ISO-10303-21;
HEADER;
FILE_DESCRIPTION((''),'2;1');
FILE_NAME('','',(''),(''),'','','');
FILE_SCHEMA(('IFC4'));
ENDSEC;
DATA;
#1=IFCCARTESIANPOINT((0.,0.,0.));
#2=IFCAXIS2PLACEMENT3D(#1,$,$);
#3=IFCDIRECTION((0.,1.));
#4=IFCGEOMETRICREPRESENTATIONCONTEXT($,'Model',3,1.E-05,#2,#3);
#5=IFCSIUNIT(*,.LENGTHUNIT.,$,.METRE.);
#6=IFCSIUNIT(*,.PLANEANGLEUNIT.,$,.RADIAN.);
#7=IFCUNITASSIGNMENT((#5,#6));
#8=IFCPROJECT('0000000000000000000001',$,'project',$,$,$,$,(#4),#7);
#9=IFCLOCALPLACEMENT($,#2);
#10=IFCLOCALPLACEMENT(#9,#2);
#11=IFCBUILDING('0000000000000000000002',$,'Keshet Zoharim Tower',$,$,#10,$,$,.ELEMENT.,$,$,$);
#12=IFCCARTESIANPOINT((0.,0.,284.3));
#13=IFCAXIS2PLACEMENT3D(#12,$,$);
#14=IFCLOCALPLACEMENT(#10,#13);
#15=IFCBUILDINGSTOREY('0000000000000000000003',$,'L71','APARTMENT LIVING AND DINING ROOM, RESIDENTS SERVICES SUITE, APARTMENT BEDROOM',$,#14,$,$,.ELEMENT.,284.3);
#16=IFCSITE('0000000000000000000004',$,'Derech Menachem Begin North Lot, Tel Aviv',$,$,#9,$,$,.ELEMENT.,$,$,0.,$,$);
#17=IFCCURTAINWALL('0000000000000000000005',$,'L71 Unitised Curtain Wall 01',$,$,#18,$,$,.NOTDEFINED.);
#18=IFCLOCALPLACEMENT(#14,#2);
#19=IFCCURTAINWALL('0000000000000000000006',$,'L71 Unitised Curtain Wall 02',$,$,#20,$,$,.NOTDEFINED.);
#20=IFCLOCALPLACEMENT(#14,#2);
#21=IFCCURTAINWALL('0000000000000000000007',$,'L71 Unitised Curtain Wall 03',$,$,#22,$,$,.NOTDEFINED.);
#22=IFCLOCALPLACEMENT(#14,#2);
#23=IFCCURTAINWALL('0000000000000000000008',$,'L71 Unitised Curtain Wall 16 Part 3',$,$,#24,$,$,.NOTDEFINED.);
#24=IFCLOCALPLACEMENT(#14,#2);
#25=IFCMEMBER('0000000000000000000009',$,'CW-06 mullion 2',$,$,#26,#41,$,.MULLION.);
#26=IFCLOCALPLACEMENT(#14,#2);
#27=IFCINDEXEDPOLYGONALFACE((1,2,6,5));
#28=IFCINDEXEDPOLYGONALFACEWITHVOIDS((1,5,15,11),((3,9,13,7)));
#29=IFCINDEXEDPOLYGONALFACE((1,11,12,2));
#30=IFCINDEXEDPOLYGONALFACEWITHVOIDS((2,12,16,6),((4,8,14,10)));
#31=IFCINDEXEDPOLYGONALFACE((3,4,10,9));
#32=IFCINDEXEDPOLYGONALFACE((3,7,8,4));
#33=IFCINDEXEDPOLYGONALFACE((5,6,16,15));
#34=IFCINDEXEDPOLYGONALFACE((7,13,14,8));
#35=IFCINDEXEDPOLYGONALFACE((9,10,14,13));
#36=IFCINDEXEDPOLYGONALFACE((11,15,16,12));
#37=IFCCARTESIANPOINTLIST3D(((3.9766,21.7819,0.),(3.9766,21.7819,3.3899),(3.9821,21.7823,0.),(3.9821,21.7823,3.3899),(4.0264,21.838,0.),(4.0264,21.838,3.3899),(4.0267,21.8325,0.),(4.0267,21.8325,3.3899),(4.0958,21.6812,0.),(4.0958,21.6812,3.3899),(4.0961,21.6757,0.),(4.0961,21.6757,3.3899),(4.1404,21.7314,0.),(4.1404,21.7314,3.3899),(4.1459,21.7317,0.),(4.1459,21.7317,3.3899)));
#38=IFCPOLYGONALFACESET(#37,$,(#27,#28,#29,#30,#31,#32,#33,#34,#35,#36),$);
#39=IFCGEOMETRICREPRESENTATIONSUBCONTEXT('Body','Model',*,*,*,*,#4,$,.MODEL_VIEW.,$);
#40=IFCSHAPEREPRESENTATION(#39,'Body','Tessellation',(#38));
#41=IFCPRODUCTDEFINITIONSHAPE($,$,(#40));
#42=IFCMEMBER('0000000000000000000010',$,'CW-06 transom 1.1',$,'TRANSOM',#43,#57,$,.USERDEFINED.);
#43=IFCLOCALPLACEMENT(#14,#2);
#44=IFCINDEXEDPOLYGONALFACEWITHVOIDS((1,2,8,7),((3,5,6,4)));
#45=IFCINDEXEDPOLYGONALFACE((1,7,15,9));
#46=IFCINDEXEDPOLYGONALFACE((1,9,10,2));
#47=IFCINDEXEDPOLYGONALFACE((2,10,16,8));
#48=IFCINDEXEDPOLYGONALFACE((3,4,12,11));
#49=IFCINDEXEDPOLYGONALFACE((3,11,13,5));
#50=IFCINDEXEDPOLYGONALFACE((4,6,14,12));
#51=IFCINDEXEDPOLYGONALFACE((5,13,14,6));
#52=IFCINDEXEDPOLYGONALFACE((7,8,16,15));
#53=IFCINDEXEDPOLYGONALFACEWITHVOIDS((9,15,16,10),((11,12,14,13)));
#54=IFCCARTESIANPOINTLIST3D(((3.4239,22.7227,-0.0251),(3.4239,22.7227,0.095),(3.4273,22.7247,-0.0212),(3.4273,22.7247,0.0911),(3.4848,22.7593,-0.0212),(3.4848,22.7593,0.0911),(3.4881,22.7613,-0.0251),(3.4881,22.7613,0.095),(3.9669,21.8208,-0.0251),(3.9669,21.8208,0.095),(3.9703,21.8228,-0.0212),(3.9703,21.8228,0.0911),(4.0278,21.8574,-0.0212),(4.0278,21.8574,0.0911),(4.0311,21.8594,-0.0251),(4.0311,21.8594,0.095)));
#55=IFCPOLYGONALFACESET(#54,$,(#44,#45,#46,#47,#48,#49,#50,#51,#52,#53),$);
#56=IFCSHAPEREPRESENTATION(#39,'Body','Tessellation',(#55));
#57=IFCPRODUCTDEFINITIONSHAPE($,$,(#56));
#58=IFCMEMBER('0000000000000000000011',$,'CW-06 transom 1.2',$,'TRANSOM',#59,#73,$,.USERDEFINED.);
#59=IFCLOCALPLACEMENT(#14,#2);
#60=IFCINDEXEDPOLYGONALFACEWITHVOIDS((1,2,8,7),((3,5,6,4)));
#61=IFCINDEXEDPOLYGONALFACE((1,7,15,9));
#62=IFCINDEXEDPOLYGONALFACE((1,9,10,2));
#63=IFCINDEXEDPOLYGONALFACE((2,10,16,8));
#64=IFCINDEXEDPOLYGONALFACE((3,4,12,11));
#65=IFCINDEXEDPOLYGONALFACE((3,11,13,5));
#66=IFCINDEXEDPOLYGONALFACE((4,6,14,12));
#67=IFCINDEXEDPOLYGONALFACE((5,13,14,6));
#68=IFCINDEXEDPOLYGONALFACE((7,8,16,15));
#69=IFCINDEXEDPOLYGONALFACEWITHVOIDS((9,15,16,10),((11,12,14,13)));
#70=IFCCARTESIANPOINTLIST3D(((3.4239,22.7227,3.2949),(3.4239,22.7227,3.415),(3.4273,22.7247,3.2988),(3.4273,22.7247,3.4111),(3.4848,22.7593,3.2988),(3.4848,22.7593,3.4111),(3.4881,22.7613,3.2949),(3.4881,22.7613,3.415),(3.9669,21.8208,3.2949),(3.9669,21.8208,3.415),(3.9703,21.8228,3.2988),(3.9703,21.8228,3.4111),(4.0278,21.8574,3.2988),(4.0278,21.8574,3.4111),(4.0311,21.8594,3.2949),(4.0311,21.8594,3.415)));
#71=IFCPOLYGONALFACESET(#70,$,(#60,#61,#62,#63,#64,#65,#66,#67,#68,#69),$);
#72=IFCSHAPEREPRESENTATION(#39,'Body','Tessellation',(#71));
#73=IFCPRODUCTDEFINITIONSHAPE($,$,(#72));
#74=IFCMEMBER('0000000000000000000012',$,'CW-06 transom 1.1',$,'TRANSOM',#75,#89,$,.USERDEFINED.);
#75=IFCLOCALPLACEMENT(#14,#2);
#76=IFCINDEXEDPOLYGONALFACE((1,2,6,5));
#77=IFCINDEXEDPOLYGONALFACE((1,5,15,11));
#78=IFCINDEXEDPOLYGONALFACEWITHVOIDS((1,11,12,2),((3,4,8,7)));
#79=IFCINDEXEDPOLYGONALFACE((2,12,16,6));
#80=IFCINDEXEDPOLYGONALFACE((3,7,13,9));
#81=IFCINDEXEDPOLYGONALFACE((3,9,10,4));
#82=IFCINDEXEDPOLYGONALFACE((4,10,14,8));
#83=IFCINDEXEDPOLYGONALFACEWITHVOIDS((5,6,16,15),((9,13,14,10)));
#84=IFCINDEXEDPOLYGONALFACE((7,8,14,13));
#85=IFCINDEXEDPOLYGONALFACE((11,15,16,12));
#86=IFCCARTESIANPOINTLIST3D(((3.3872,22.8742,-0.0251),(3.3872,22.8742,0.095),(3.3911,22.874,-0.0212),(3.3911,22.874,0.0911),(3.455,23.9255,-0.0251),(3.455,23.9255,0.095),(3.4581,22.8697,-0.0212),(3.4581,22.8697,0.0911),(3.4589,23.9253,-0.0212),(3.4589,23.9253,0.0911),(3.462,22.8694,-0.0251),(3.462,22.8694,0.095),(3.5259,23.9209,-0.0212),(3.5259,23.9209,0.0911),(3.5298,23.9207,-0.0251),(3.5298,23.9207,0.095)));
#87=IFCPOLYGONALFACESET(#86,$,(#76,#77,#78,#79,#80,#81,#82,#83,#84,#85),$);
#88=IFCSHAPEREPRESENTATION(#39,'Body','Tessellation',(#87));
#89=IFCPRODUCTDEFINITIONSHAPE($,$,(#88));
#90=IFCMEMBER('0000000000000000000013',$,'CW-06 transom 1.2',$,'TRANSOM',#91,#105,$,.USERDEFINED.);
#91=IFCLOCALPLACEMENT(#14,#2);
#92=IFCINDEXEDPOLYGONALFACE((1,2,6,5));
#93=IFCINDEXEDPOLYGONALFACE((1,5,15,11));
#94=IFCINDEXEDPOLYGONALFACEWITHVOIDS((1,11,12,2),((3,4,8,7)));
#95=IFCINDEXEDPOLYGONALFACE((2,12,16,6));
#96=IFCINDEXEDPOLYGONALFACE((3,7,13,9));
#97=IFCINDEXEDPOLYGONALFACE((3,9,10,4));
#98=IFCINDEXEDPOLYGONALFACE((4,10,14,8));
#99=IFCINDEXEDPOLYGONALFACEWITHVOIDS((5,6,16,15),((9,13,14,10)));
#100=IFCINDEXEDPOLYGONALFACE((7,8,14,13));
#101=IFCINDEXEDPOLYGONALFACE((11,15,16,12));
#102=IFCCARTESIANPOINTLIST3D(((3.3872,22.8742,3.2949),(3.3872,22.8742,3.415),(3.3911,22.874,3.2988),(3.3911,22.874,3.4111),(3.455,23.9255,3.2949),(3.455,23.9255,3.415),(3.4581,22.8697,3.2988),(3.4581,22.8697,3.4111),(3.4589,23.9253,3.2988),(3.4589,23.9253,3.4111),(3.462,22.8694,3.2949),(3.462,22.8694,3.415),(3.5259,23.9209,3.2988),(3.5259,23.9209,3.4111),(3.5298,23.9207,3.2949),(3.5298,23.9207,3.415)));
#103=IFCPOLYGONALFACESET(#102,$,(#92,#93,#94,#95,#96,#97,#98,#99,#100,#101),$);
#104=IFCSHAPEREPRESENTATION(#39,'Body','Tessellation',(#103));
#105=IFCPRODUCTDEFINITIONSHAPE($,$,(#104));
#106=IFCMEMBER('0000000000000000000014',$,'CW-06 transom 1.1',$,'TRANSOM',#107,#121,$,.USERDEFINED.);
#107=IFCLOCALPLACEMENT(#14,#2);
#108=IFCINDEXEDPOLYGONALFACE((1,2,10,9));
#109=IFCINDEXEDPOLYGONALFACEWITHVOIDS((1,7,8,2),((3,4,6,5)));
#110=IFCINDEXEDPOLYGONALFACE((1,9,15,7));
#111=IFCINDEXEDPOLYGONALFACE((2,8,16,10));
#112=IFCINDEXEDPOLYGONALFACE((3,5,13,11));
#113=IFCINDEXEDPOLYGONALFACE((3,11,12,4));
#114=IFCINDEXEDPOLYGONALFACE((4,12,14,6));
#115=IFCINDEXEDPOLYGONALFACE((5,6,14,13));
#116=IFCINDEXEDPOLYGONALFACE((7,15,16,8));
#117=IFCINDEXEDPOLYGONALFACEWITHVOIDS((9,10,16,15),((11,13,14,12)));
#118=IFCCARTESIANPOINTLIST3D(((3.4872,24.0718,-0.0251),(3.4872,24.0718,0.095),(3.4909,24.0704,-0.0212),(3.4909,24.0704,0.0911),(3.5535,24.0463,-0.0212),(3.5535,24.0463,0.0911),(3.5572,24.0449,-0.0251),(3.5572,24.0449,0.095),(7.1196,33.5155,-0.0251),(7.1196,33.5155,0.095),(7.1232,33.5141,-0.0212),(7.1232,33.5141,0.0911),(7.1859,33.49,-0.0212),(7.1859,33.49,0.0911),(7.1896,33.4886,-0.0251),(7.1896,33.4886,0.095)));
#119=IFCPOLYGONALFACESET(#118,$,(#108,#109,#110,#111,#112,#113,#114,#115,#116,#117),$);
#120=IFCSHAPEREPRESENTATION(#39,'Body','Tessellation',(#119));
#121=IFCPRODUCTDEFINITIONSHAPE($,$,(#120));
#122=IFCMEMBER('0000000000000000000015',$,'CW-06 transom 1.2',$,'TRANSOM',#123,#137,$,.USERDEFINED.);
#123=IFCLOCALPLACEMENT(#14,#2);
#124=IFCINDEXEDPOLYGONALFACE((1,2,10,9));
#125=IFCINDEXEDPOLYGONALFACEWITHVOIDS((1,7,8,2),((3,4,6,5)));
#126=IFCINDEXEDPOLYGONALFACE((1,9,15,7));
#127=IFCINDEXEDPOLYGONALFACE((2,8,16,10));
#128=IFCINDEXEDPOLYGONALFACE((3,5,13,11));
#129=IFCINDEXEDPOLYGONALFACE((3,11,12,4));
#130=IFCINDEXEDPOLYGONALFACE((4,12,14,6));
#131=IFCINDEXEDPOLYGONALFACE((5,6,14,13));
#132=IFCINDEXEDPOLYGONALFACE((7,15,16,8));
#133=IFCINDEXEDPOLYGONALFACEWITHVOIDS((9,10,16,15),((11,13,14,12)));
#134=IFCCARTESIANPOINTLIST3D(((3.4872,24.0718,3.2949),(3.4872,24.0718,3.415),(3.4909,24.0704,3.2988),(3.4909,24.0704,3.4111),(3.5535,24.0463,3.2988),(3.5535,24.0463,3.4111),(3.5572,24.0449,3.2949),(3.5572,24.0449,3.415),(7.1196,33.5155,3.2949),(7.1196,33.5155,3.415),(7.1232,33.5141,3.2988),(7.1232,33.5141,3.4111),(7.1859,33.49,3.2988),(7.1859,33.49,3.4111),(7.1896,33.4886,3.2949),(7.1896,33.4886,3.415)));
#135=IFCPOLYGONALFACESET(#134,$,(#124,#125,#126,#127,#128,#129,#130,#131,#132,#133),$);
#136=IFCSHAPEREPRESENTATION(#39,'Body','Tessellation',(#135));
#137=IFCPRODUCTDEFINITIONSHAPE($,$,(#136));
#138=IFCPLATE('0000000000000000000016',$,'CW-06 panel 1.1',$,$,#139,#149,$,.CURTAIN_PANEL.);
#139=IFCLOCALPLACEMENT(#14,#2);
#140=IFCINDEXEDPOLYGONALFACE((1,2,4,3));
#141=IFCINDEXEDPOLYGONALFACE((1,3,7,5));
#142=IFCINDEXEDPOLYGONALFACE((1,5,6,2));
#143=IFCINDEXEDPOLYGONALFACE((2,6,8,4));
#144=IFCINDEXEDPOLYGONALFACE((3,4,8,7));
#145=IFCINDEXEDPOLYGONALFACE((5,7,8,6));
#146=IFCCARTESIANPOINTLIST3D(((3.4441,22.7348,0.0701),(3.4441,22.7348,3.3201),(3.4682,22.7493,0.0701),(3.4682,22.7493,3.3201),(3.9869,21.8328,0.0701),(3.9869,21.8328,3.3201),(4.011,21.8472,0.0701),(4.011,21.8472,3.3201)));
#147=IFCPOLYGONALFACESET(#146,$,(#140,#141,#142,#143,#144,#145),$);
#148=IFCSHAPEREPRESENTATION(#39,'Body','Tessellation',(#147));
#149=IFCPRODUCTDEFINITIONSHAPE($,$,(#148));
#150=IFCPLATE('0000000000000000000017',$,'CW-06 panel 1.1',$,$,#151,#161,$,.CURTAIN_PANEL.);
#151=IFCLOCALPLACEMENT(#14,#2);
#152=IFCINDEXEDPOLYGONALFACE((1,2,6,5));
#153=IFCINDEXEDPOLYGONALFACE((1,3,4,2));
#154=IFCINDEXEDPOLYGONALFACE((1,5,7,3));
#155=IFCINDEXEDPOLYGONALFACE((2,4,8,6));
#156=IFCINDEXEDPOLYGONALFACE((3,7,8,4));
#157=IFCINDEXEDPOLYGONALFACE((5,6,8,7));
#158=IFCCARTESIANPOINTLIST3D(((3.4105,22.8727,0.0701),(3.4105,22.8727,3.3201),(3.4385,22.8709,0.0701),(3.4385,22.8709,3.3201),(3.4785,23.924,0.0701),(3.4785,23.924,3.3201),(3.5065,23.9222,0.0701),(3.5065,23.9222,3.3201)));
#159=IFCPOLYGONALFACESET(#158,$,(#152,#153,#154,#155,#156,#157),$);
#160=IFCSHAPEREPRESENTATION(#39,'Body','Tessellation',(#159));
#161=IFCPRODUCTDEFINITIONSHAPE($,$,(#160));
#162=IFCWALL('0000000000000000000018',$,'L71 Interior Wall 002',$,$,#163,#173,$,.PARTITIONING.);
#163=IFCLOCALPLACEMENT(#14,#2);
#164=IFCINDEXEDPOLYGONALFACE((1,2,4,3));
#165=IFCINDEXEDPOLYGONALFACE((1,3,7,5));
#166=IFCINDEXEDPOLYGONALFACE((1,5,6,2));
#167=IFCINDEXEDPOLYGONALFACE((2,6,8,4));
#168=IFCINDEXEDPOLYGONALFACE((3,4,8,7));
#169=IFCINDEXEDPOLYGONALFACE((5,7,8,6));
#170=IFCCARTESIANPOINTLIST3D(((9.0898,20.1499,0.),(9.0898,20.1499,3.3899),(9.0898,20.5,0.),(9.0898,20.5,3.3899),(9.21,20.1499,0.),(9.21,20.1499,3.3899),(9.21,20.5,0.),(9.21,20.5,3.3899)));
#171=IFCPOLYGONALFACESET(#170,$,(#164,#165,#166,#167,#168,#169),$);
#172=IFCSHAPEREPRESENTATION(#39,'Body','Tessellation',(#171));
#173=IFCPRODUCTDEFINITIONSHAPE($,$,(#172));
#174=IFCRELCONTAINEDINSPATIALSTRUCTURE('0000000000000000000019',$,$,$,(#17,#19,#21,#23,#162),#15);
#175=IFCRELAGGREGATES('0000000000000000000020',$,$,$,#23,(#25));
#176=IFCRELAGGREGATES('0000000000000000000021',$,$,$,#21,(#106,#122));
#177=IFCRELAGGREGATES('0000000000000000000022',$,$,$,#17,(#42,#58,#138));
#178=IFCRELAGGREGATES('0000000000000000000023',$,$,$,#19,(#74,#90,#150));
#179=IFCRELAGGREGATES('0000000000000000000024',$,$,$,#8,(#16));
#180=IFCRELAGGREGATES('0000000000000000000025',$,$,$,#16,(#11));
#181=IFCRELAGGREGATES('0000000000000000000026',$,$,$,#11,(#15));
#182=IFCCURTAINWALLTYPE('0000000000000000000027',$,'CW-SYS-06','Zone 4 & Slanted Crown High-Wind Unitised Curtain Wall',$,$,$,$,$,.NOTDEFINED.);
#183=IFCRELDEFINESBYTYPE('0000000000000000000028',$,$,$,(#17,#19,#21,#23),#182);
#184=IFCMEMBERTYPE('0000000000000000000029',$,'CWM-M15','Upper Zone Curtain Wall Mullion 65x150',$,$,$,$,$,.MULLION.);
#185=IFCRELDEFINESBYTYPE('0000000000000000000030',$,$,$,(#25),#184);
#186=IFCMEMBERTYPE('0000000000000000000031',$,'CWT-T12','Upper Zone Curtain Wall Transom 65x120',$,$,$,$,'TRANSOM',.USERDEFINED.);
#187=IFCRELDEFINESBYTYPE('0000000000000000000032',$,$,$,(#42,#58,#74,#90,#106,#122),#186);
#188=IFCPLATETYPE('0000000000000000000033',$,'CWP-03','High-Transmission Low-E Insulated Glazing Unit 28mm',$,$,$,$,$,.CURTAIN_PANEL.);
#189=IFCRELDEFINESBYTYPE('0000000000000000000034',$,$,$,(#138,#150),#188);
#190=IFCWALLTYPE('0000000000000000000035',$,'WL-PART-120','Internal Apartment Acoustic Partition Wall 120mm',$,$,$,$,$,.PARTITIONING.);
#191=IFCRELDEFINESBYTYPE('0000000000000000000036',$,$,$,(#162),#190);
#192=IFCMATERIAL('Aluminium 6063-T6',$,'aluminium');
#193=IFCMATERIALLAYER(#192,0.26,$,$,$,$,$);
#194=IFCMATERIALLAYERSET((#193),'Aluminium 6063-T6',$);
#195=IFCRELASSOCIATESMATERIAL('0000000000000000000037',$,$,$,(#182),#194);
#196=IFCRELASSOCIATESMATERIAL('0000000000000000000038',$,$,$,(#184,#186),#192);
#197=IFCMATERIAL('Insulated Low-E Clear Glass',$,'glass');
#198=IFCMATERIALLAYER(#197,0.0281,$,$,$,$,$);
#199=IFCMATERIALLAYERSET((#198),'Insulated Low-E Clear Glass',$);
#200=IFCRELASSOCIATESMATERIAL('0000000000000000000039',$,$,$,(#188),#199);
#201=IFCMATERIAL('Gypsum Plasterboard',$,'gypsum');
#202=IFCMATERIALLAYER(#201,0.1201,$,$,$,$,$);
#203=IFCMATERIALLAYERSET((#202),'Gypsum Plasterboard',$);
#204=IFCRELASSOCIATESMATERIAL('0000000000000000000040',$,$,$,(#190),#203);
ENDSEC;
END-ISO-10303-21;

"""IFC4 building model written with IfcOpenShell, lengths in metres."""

from ifc_helpers import new_model, si_unit, direction, frame, frame_2d, origin, origin_2d, place, context, subcontext, project, spatial, rectangle, hollow_rectangle, extrude, material, layer, layer_set, material_profile, profile_set, type_object, element, aggregate, save


model = new_model("IFC4")

# Units and contexts
model_context = context("Model", 3, precision=1e-05, world=origin(), true_north=direction((0.0, 1.0)))
body_context = subcontext(model_context, "Body", "Model", "MODEL_VIEW")
ifc_project = project(units=[si_unit("LENGTHUNIT", "METRE"), si_unit("PLANEANGLEUNIT", "RADIAN")], contexts=[model_context])

# Site, building, storey
site_placement = place(None, origin())
site = spatial("IfcSite", under=ifc_project, at=site_placement, Name="Derech Menachem Begin North Lot, Tel Aviv", CompositionType="ELEMENT", RefElevation=0.0)
building_placement = place(site_placement, origin())
building = spatial("IfcBuilding", under=site, at=building_placement, Name="Keshet Zoharim Tower", CompositionType="ELEMENT")
storey_placement = place(building_placement, frame((0.0, 0.0, 284.3)))
storey = spatial("IfcBuildingStorey", under=building, at=storey_placement, Name="L71", Description="APARTMENT LIVING AND DINING ROOM, RESIDENTS SERVICES SUITE, APARTMENT BEDROOM", CompositionType="ELEMENT", Elevation=284.3)

# Curtain walls
ifc_material_1 = material(Name="Aluminium 6063-T6", Category="aluminium")
ifc_layer_1 = layer(ifc_material_1, 0.26)
ifc_layer_set_1 = layer_set([ifc_layer_1], Name="Aluminium 6063-T6")
curtain_wall_type = type_object("IfcCurtainWallType", Name="CW-SYS-06", Description="Zone 4 & Slanted Crown High-Wind Unitised Curtain Wall", PredefinedType="NOTDEFINED", material=ifc_layer_set_1)
curtain_wall_1_placement = place(storey_placement, origin())
curtain_wall_1 = element("IfcCurtainWall", 1, at=curtain_wall_1_placement, inside=storey, type_object=curtain_wall_type, Name="L71 Unitised Curtain Wall 01", PredefinedType="NOTDEFINED")
ifc_material_profile_1 = material_profile(ifc_material_1, hollow_rectangle(XDim=0.075, YDim=0.1599, WallThickness=0.0039, at=origin_2d()), Name="MUL-75x160")
ifc_profile_set_1 = profile_set([ifc_material_profile_1], Name="Aluminium 6063-T6")
member_type_1 = type_object("IfcMemberType", Name="CWM-M15", Description="Upper Zone Curtain Wall Mullion 65x150", PredefinedType="MULLION", material=ifc_profile_set_1)
curtain_wall_2_placement = place(storey_placement, origin())
curtain_wall_2 = element("IfcCurtainWall", 2, at=curtain_wall_2_placement, inside=storey, type_object=curtain_wall_type, Name="L71 Unitised Curtain Wall 02", PredefinedType="NOTDEFINED")

# Curtain walls, member
curtain_wall_3_placement = place(storey_placement, origin())
curtain_wall_3 = element("IfcCurtainWall", 3, at=curtain_wall_3_placement, inside=storey, type_object=curtain_wall_type, Name="L71 Unitised Curtain Wall 03", PredefinedType="NOTDEFINED")
curtain_wall_4_placement = place(storey_placement, origin())
curtain_wall_4 = element("IfcCurtainWall", 4, at=curtain_wall_4_placement, inside=storey, type_object=curtain_wall_type, Name="L71 Unitised Curtain Wall 16 Part 3", PredefinedType="NOTDEFINED")
member_1_placement = place(storey_placement, frame((4.0613, 21.7568, 0.0), z_axis=(0.0, 0.0, 1.0), x_axis=(-0.664364, -0.747409, 0.0)))
member_1 = element("IfcMember", 5, at=member_1_placement, type_object=member_type_1, Name="CW-06 mullion 2", PredefinedType="MULLION", context=body_context, shape_type="SweptSolid", body=[
    extrude(hollow_rectangle(XDim=0.075, YDim=0.1599, WallThickness=0.0039, at=origin_2d()), origin(), (0.0, 0.0, 1.0), 3.3899),
])
aggregate(curtain_wall_4, [member_1])

# Members
ifc_material_profile_2 = material_profile(ifc_material_1, hollow_rectangle(XDim=0.075, YDim=0.1201, WallThickness=0.0039, at=origin_2d()), Name="TRN-75x120")
ifc_profile_set_2 = profile_set([ifc_material_profile_2], Name="Aluminium 6063-T6")
member_type_2 = type_object("IfcMemberType", Name="CWT-T12", Description="Upper Zone Curtain Wall Transom 65x120", ElementType="TRANSOM", PredefinedType="USERDEFINED", material=ifc_profile_set_2)
member_2_placement = place(storey_placement, frame((3.999, 21.8401, 0.0349), z_axis=(-0.515791, 0.856714, 0.0), x_axis=(-0.856714, -0.515791, 0.0)))
member_2 = element("IfcMember", 6, at=member_2_placement, type_object=member_type_2, Name="CW-06 transom 1.1", ObjectType="TRANSOM", PredefinedType="USERDEFINED", context=body_context, shape_type="SweptSolid", body=[
    extrude(hollow_rectangle(XDim=0.075, YDim=0.1201, WallThickness=0.0039, at=origin_2d()), origin(), (0.0, 0.0, 1.0), 1.0527),
])
member_3_placement = place(storey_placement, frame((3.999, 21.8401, 3.355), z_axis=(-0.515791, 0.856714, 0.0), x_axis=(-0.856714, -0.515791, 0.0)))
member_3 = element("IfcMember", 7, at=member_3_placement, type_object=member_type_2, Name="CW-06 transom 1.2", ObjectType="TRANSOM", PredefinedType="USERDEFINED", context=body_context, shape_type="SweptSolid", body=[
    extrude(hollow_rectangle(XDim=0.075, YDim=0.1201, WallThickness=0.0039, at=origin_2d()), origin(), (0.0, 0.0, 1.0), 1.0527),
])
member_4_placement = place(storey_placement, frame((3.4246, 22.8718, 0.0349), z_axis=(0.064427, 0.997922, 0.0), x_axis=(-0.997922, 0.064427, 0.0)))
member_4 = element("IfcMember", 8, at=member_4_placement, type_object=member_type_2, Name="CW-06 transom 1.1", ObjectType="TRANSOM", PredefinedType="USERDEFINED", context=body_context, shape_type="SweptSolid", body=[
    extrude(hollow_rectangle(XDim=0.075, YDim=0.1201, WallThickness=0.0039, at=origin_2d()), origin(), (0.0, 0.0, 1.0), 1.0535),
])
member_5_placement = place(storey_placement, frame((3.4246, 22.8718, 3.355), z_axis=(0.064427, 0.997922, 0.0), x_axis=(-0.997922, 0.064427, 0.0)))
member_5 = element("IfcMember", 9, at=member_5_placement, type_object=member_type_2, Name="CW-06 transom 1.2", ObjectType="TRANSOM", PredefinedType="USERDEFINED", context=body_context, shape_type="SweptSolid", body=[
    extrude(hollow_rectangle(XDim=0.075, YDim=0.1201, WallThickness=0.0039, at=origin_2d()), origin(), (0.0, 0.0, 1.0), 1.0535),
])
member_6_placement = place(storey_placement, frame((3.5222, 24.0583, 0.0349), z_axis=(0.358994, 0.93334, 0.0), x_axis=(-0.93334, 0.358994, 0.0)))
member_6 = element("IfcMember", 10, at=member_6_placement, type_object=member_type_2, Name="CW-06 transom 1.1", ObjectType="TRANSOM", PredefinedType="USERDEFINED", context=body_context, shape_type="SweptSolid", body=[
    extrude(hollow_rectangle(XDim=0.075, YDim=0.1201, WallThickness=0.0039, at=origin_2d()), origin(), (0.0, 0.0, 1.0), 10.1182),
])
member_7_placement = place(storey_placement, frame((3.5222, 24.0583, 3.355), z_axis=(0.358994, 0.93334, 0.0), x_axis=(-0.93334, 0.358994, 0.0)))
member_7 = element("IfcMember", 11, at=member_7_placement, type_object=member_type_2, Name="CW-06 transom 1.2", ObjectType="TRANSOM", PredefinedType="USERDEFINED", context=body_context, shape_type="SweptSolid", body=[
    extrude(hollow_rectangle(XDim=0.075, YDim=0.1201, WallThickness=0.0039, at=origin_2d()), origin(), (0.0, 0.0, 1.0), 10.1182),
])
aggregate(curtain_wall_3, [member_6, member_7])

# Plates
ifc_material_2 = material(Name="Insulated Low-E Clear Glass", Category="glass")
ifc_layer_2 = layer(ifc_material_2, 0.0281)
ifc_layer_set_2 = layer_set([ifc_layer_2], Name="Insulated Low-E Clear Glass")
plate_type = type_object("IfcPlateType", Name="CWP-03", Description="High-Transmission Low-E Insulated Glazing Unit 28mm", PredefinedType="CURTAIN_PANEL", material=ifc_layer_set_2)
plate_1_placement = place(storey_placement, frame((3.7275, 22.291, 0.0701), z_axis=(0.0, 0.0, 1.0), x_axis=(-0.515605, 0.856826, 0.0)))
plate_1 = element("IfcPlate", 12, at=plate_1_placement, type_object=plate_type, Name="CW-06 panel 1.1", PredefinedType="CURTAIN_PANEL", context=body_context, shape_type="SweptSolid", body=[
    extrude(rectangle(XDim=1.0527, YDim=0.0281, at=origin_2d()), origin(), (0.0, 0.0, 1.0), 3.25),
])
aggregate(curtain_wall_1, [member_2, member_3, plate_1])
plate_2_placement = place(storey_placement, frame((3.4585, 23.3975, 0.0701), z_axis=(0.0, 0.0, 1.0), x_axis=(0.064517, 0.997917, 0.0)))
plate_2 = element("IfcPlate", 13, at=plate_2_placement, type_object=plate_type, Name="CW-06 panel 1.1", PredefinedType="CURTAIN_PANEL", context=body_context, shape_type="SweptSolid", body=[
    extrude(rectangle(XDim=1.0535, YDim=0.0281, at=origin_2d()), origin(), (0.0, 0.0, 1.0), 3.25),
])
aggregate(curtain_wall_2, [member_4, member_5, plate_2])

# Wall
ifc_material_3 = material(Name="Gypsum Plasterboard", Category="gypsum")
ifc_layer_3 = layer(ifc_material_3, 0.1201)
ifc_layer_set_3 = layer_set([ifc_layer_3], Name="Gypsum Plasterboard")
wall_type = type_object("IfcWallType", Name="WL-PART-120", Description="Internal Apartment Acoustic Partition Wall 120mm", PredefinedType="PARTITIONING", material=ifc_layer_set_3)
wall_1_placement = place(storey_placement, frame((9.1499, 20.1499, 0.0), z_axis=(0.0, 0.0, 1.0), x_axis=(0.0, 1.0, 0.0)))
element("IfcWall", 14, at=wall_1_placement, inside=storey, type_object=wall_type, Name="L71 Interior Wall 002", PredefinedType="PARTITIONING", context=body_context, shape_type="SweptSolid", body=[
    extrude(rectangle(XDim=0.3501, YDim=0.1201, at=frame_2d((0.175, 0.0))), origin(), (0.0, 0.0, 1.0), 3.3899),
])

save(model, "model.ifc")
